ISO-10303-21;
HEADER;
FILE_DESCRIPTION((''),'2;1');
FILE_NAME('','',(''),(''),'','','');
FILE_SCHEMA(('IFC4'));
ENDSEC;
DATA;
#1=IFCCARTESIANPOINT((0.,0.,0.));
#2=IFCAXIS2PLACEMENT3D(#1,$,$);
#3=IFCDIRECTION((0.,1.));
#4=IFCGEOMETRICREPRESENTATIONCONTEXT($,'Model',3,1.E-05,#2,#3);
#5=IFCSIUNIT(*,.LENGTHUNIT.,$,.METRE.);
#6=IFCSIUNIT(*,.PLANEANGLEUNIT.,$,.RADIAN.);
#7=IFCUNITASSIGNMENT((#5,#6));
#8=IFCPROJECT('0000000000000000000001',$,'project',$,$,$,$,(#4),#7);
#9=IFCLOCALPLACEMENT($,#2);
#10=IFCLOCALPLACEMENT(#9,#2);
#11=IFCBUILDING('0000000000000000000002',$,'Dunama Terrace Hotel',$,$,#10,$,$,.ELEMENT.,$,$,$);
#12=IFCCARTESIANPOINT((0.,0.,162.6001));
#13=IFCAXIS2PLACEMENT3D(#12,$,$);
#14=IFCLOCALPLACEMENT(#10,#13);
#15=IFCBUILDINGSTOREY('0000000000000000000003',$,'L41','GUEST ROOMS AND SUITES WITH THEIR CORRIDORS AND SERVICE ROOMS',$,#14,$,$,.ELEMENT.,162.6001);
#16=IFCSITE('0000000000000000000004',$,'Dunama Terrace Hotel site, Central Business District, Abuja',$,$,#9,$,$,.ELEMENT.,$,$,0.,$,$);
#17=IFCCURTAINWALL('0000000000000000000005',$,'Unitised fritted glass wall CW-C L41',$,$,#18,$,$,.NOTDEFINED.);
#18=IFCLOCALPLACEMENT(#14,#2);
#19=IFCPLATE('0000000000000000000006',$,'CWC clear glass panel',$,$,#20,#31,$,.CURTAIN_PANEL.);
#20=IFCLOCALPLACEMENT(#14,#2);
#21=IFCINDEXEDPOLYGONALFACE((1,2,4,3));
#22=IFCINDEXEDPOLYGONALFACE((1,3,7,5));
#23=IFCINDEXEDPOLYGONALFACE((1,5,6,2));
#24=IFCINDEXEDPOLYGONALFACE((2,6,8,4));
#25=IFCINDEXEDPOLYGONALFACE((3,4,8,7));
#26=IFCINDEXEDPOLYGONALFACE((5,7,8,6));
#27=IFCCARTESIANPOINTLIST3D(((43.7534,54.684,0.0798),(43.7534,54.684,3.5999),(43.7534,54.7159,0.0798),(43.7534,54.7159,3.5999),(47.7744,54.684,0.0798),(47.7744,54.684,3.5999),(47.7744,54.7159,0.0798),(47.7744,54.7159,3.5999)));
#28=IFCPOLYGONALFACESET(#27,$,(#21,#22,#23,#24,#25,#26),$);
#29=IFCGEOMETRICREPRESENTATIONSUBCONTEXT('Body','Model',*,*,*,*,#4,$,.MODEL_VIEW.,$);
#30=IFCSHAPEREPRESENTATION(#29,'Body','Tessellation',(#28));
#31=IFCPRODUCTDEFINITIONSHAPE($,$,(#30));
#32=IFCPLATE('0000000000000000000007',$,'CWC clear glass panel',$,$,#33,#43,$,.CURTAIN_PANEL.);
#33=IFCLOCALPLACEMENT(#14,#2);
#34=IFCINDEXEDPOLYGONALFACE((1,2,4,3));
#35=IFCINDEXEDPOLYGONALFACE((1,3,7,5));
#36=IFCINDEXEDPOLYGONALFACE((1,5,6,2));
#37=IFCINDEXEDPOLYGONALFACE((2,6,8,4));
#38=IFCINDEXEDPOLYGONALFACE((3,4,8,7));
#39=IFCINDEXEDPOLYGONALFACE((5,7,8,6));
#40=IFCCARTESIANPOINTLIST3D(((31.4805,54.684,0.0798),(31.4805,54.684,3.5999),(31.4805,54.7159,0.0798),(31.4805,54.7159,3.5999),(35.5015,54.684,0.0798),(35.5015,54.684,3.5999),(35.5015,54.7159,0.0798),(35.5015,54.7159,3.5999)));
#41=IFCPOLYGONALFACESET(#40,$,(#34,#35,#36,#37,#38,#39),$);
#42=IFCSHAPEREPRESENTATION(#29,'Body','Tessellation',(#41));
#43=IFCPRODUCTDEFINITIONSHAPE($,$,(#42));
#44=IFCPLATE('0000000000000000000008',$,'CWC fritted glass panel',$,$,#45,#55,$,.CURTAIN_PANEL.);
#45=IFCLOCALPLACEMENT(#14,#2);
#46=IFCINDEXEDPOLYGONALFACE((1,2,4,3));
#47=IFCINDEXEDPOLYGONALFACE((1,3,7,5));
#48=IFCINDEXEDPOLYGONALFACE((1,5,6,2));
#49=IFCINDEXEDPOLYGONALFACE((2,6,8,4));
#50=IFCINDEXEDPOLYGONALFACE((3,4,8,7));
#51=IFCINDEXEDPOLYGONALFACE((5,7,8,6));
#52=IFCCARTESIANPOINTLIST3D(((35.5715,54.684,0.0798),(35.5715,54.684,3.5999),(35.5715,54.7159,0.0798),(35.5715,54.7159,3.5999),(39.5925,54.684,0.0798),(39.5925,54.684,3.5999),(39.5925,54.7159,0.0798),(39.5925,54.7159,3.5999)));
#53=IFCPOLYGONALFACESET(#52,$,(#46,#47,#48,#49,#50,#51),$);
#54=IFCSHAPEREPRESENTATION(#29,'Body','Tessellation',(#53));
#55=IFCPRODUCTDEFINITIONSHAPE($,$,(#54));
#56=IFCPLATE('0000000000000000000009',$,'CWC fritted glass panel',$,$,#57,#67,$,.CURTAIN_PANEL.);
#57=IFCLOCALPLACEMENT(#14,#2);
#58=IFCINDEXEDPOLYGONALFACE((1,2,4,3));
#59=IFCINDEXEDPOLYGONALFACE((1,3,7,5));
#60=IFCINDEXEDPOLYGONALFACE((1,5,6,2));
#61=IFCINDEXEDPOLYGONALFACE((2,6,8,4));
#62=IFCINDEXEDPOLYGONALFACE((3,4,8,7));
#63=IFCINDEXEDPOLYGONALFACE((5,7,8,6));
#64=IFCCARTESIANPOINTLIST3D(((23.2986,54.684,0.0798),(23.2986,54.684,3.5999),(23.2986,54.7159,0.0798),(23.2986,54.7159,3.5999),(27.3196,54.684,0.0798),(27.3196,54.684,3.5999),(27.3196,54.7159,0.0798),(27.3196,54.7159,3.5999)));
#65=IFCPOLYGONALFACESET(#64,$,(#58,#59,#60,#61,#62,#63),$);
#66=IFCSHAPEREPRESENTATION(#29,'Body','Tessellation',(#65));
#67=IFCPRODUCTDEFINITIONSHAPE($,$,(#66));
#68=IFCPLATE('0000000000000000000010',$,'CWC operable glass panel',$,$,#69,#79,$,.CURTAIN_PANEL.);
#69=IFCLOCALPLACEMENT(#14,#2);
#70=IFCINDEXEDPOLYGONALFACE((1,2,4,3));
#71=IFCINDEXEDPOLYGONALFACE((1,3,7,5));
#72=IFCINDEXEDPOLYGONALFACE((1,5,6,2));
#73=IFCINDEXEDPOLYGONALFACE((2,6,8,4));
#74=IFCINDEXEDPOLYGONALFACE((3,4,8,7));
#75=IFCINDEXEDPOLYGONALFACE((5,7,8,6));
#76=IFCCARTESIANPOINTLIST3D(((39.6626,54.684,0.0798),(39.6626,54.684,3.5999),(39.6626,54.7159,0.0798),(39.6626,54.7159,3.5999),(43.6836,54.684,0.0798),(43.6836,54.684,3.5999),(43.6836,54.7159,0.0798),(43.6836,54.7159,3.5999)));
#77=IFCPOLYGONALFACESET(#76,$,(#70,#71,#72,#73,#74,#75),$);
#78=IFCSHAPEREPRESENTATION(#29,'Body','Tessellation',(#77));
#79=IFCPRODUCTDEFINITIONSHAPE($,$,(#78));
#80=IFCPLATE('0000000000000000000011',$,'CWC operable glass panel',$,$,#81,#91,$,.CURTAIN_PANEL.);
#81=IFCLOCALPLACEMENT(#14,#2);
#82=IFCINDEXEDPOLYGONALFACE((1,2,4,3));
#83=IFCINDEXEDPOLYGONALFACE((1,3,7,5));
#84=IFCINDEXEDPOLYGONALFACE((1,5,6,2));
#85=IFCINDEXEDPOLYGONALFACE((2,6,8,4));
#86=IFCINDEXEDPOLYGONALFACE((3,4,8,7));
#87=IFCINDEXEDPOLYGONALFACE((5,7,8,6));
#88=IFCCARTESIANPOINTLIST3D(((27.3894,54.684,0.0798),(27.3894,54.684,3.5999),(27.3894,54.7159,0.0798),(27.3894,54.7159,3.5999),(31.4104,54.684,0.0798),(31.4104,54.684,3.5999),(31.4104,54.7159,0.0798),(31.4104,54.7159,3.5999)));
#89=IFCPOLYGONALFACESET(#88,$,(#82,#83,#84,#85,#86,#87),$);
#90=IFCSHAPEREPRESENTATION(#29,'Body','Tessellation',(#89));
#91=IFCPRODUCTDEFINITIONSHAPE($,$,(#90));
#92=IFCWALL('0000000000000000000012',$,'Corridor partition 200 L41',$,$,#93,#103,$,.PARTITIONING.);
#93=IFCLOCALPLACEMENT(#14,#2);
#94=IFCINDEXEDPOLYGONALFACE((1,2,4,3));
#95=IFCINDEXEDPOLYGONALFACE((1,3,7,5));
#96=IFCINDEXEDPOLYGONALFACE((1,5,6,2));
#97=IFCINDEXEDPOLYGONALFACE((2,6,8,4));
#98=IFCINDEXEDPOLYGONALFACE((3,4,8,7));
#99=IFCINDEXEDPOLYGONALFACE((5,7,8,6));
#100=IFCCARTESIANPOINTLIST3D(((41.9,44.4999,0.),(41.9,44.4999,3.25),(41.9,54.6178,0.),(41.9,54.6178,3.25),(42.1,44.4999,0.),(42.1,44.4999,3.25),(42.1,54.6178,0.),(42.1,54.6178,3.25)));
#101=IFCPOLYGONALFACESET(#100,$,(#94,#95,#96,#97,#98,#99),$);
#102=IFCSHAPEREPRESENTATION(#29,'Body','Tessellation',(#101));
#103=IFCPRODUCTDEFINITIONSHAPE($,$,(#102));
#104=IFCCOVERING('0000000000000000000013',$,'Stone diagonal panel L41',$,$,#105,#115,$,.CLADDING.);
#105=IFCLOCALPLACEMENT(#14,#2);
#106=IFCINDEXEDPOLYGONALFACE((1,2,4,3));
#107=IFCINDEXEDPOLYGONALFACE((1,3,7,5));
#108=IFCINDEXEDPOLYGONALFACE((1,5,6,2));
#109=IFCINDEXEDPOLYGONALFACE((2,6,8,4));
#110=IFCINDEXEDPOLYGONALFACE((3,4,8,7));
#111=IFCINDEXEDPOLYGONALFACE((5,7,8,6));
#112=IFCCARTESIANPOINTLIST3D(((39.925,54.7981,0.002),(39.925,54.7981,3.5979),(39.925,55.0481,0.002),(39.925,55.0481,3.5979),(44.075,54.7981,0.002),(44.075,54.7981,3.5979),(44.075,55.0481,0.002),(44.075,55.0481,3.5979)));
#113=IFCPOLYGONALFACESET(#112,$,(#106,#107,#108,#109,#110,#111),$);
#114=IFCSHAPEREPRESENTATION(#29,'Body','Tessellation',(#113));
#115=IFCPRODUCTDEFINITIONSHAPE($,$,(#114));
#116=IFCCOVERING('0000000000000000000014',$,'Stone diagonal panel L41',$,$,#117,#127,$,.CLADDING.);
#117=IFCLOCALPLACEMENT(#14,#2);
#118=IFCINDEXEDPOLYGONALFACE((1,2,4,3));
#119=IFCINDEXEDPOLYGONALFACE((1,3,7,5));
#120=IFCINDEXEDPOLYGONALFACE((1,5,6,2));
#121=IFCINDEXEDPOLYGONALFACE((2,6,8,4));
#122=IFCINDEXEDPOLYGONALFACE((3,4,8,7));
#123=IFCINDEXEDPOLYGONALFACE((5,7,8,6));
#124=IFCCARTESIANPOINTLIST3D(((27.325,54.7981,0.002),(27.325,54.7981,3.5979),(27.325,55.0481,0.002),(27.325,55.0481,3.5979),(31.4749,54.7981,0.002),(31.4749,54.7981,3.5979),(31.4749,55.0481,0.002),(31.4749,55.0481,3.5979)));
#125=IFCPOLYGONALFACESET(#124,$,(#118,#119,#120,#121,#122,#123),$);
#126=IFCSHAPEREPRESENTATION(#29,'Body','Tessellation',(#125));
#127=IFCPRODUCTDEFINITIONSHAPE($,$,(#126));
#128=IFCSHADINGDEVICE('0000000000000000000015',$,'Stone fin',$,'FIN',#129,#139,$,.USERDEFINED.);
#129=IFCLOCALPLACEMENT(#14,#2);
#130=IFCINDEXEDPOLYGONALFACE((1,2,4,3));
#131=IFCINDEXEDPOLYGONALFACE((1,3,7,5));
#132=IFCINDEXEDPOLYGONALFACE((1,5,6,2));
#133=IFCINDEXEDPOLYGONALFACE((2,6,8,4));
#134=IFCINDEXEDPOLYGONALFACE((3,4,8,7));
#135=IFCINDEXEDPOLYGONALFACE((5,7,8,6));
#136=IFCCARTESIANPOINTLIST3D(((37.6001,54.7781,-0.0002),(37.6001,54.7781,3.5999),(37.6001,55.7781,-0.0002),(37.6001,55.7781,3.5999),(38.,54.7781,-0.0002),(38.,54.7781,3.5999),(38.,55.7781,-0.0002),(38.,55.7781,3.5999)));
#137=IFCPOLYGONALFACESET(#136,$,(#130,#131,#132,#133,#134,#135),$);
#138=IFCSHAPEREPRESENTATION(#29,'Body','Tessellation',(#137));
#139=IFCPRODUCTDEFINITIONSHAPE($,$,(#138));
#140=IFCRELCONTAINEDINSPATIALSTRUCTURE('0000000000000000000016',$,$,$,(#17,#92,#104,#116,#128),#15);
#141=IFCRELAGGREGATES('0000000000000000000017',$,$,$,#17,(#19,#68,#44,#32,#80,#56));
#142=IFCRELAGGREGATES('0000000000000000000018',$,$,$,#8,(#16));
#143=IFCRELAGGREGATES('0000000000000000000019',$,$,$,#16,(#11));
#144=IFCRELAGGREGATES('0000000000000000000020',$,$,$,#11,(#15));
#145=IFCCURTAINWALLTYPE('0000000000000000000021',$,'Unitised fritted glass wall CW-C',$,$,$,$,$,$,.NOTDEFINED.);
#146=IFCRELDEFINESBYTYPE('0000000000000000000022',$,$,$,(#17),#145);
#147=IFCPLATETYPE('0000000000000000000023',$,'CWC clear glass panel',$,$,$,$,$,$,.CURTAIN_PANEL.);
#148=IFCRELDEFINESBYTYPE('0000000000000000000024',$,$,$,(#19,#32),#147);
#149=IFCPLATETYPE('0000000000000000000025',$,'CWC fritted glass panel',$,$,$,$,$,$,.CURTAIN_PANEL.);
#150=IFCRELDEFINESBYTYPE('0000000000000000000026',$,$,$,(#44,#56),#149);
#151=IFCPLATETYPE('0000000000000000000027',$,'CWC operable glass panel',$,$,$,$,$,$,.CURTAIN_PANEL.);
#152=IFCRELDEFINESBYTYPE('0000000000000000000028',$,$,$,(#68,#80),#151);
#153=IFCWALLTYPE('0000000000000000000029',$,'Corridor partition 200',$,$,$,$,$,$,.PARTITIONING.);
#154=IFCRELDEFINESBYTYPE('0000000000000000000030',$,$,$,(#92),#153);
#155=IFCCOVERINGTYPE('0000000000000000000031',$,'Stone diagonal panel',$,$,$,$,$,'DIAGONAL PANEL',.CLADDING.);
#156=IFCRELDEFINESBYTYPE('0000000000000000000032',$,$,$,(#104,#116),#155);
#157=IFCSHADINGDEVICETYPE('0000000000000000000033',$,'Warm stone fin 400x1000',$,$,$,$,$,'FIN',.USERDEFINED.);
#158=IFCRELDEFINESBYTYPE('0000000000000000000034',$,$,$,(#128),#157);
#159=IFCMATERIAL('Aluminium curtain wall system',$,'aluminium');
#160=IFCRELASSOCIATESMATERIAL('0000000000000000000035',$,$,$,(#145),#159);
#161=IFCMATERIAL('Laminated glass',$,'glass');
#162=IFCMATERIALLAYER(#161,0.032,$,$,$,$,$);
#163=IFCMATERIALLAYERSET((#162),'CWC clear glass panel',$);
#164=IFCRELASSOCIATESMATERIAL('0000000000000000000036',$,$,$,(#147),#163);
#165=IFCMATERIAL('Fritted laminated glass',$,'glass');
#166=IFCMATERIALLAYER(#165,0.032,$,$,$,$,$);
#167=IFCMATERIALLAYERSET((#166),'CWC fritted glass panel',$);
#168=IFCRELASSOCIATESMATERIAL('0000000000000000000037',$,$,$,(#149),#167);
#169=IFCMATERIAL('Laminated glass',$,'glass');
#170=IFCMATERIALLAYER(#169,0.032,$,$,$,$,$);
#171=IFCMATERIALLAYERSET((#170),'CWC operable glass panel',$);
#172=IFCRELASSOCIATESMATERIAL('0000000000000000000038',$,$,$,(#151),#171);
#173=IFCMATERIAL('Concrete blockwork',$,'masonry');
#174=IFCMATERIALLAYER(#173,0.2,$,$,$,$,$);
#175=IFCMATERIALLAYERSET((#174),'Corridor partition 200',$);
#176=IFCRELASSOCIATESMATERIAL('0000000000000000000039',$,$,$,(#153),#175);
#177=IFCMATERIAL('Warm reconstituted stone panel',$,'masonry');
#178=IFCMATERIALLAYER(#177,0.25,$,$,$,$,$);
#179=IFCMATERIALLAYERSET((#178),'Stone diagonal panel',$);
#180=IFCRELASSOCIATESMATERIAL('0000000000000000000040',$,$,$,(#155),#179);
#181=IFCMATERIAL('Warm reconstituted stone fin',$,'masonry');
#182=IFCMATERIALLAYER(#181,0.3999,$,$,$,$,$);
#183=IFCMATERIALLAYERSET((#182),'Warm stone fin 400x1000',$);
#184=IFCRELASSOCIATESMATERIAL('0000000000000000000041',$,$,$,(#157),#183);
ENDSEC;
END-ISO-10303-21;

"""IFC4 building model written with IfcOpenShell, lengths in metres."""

from ifc_helpers import new_model, si_unit, direction, frame, frame_2d, origin, origin_2d, place, context, subcontext, project, spatial, rectangle, extrude, material, layer, layer_set, type_object, element, aggregate, save


model = new_model("IFC4")

# Units and contexts
model_context = context("Model", 3, precision=1e-05, world=origin(), true_north=direction((0.0, 1.0)))
body_context = subcontext(model_context, "Body", "Model", "MODEL_VIEW")
ifc_project = project(units=[si_unit("LENGTHUNIT", "METRE"), si_unit("PLANEANGLEUNIT", "RADIAN")], contexts=[model_context])

# Site, building, storey
site_placement = place(None, origin())
site = spatial("IfcSite", under=ifc_project, at=site_placement, Name="Dunama Terrace Hotel site, Central Business District, Abuja", CompositionType="ELEMENT", RefElevation=0.0)
building_placement = place(site_placement, origin())
building = spatial("IfcBuilding", under=site, at=building_placement, Name="Dunama Terrace Hotel", CompositionType="ELEMENT")
storey_placement = place(building_placement, frame((0.0, 0.0, 162.6001)))
storey = spatial("IfcBuildingStorey", under=building, at=storey_placement, Name="L41", Description="GUEST ROOMS AND SUITES WITH THEIR CORRIDORS AND SERVICE ROOMS", CompositionType="ELEMENT", Elevation=162.6001)

# Curtain wall
ifc_material_1 = material(Name="Aluminium curtain wall system", Category="aluminium")
curtain_wall_type = type_object("IfcCurtainWallType", Name="Unitised fritted glass wall CW-C", PredefinedType="NOTDEFINED", material=ifc_material_1)
curtain_wall_placement = place(storey_placement, origin())
curtain_wall = element("IfcCurtainWall", 1, at=curtain_wall_placement, inside=storey, type_object=curtain_wall_type, Name="Unitised fritted glass wall CW-C L41", PredefinedType="NOTDEFINED")

# Plates
ifc_material_2 = material(Name="Laminated glass", Category="glass")
ifc_layer_1 = layer(ifc_material_2, 0.032)
ifc_layer_set_1 = layer_set([ifc_layer_1], Name="CWC clear glass panel")
plate_type_1 = type_object("IfcPlateType", Name="CWC clear glass panel", PredefinedType="CURTAIN_PANEL", material=ifc_layer_set_1)
plate_1_placement = place(storey_placement, frame((45.7639, 54.7, 0.0798), z_axis=(0.0, 0.0, 1.0), x_axis=(-1.0, 0.0, 0.0)))
plate_1 = element("IfcPlate", 2, at=plate_1_placement, type_object=plate_type_1, Name="CWC clear glass panel", PredefinedType="CURTAIN_PANEL", context=body_context, shape_type="SweptSolid", body=[
    extrude(rectangle(XDim=4.021, YDim=0.032, at=origin_2d()), origin(), (0.0, 0.0, 1.0), 3.52),
])
plate_2_placement = place(storey_placement, frame((33.491, 54.7, 0.0798), z_axis=(0.0, 0.0, 1.0), x_axis=(-1.0, 0.0, 0.0)))
plate_2 = element("IfcPlate", 3, at=plate_2_placement, type_object=plate_type_1, Name="CWC clear glass panel", PredefinedType="CURTAIN_PANEL", context=body_context, shape_type="SweptSolid", body=[
    extrude(rectangle(XDim=4.021, YDim=0.032, at=origin_2d()), origin(), (0.0, 0.0, 1.0), 3.52),
])
ifc_material_3 = material(Name="Fritted laminated glass", Category="glass")
ifc_layer_2 = layer(ifc_material_3, 0.032)
ifc_layer_set_2 = layer_set([ifc_layer_2], Name="CWC fritted glass panel")
plate_type_2 = type_object("IfcPlateType", Name="CWC fritted glass panel", PredefinedType="CURTAIN_PANEL", material=ifc_layer_set_2)
plate_3_placement = place(storey_placement, frame((37.582, 54.7, 0.0798), z_axis=(0.0, 0.0, 1.0), x_axis=(-1.0, 0.0, 0.0)))
plate_3 = element("IfcPlate", 4, at=plate_3_placement, type_object=plate_type_2, Name="CWC fritted glass panel", PredefinedType="CURTAIN_PANEL", context=body_context, shape_type="SweptSolid", body=[
    extrude(rectangle(XDim=4.021, YDim=0.032, at=origin_2d()), origin(), (0.0, 0.0, 1.0), 3.52),
])
plate_4_placement = place(storey_placement, frame((25.3091, 54.7, 0.0798), z_axis=(0.0, 0.0, 1.0), x_axis=(-1.0, 0.0, 0.0)))
plate_4 = element("IfcPlate", 5, at=plate_4_placement, type_object=plate_type_2, Name="CWC fritted glass panel", PredefinedType="CURTAIN_PANEL", context=body_context, shape_type="SweptSolid", body=[
    extrude(rectangle(XDim=4.021, YDim=0.032, at=origin_2d()), origin(), (0.0, 0.0, 1.0), 3.52),
])
ifc_material_4 = material(Name="Laminated glass", Category="glass")
ifc_layer_3 = layer(ifc_material_4, 0.032)
ifc_layer_set_3 = layer_set([ifc_layer_3], Name="CWC operable glass panel")
plate_type_3 = type_object("IfcPlateType", Name="CWC operable glass panel", PredefinedType="CURTAIN_PANEL", material=ifc_layer_set_3)
plate_5_placement = place(storey_placement, frame((41.6731, 54.7, 0.0798), z_axis=(0.0, 0.0, 1.0), x_axis=(-1.0, 0.0, 0.0)))
plate_5 = element("IfcPlate", 6, at=plate_5_placement, type_object=plate_type_3, Name="CWC operable glass panel", PredefinedType="CURTAIN_PANEL", context=body_context, shape_type="SweptSolid", body=[
    extrude(rectangle(XDim=4.021, YDim=0.032, at=origin_2d()), origin(), (0.0, 0.0, 1.0), 3.52),
])
plate_6_placement = place(storey_placement, frame((29.3999, 54.7, 0.0798), z_axis=(0.0, 0.0, 1.0), x_axis=(-1.0, 0.0, 0.0)))
plate_6 = element("IfcPlate", 7, at=plate_6_placement, type_object=plate_type_3, Name="CWC operable glass panel", PredefinedType="CURTAIN_PANEL", context=body_context, shape_type="SweptSolid", body=[
    extrude(rectangle(XDim=4.021, YDim=0.032, at=origin_2d()), origin(), (0.0, 0.0, 1.0), 3.52),
])
aggregate(curtain_wall, [plate_1, plate_5, plate_3, plate_2, plate_6, plate_4])

# Wall
ifc_material_5 = material(Name="Concrete blockwork", Category="masonry")
ifc_layer_4 = layer(ifc_material_5, 0.2)
ifc_layer_set_4 = layer_set([ifc_layer_4], Name="Corridor partition 200")
wall_type = type_object("IfcWallType", Name="Corridor partition 200", PredefinedType="PARTITIONING", material=ifc_layer_set_4)
wall_placement = place(storey_placement, frame((42.0, 54.6179, 0.0), z_axis=(0.0, 0.0, 1.0), x_axis=(0.0, -1.0, 0.0)))
element("IfcWall", 8, at=wall_placement, inside=storey, type_object=wall_type, Name="Corridor partition 200 L41", PredefinedType="PARTITIONING", context=body_context, shape_type="SweptSolid", body=[
    extrude(rectangle(XDim=10.1179, YDim=0.2, at=frame_2d((5.0591, 0.0))), origin(), (0.0, 0.0, 1.0), 3.25),
])

# Coverings
ifc_material_6 = material(Name="Warm reconstituted stone panel", Category="masonry")
ifc_layer_5 = layer(ifc_material_6, 0.25)
ifc_layer_set_5 = layer_set([ifc_layer_5], Name="Stone diagonal panel")
covering_type = type_object("IfcCoveringType", Name="Stone diagonal panel", ElementType="DIAGONAL PANEL", PredefinedType="CLADDING", material=ifc_layer_set_5)
for number, where, z_axis, x_axis, name in (
    (9, (42.0, 54.9231, 0.002), (0.0, 0.0, 1.0), (-1.0, 0.0, 0.0), "Stone diagonal panel L41"),
    (10, (29.3999, 54.9231, 0.002), (0.0, 0.0, 1.0), (-1.0, 0.0, 0.0), "Stone diagonal panel L41"),
):
    element("IfcCovering", number, at=place(storey_placement, frame(where, z_axis=z_axis, x_axis=x_axis)), inside=storey, type_object=covering_type, Name=name, PredefinedType="CLADDING", context=body_context, shape_type="SweptSolid", body=[
        extrude(rectangle(XDim=4.1499, YDim=0.25, at=origin_2d()), origin(), (0.0, 0.0, 1.0), 3.5959),
    ])

# Shading device
ifc_material_7 = material(Name="Warm reconstituted stone fin", Category="masonry")
ifc_layer_6 = layer(ifc_material_7, 0.3999)
ifc_layer_set_6 = layer_set([ifc_layer_6], Name="Warm stone fin 400x1000")
shading_device_type = type_object("IfcShadingDeviceType", Name="Warm stone fin 400x1000", ElementType="FIN", PredefinedType="USERDEFINED", material=ifc_layer_set_6)
shading_device_placement = place(storey_placement, frame((37.8, 55.2781, -0.0002), z_axis=(0.0, 0.0, 1.0), x_axis=(-1.0, 0.0, 0.0)))
element("IfcShadingDevice", 11, at=shading_device_placement, inside=storey, type_object=shading_device_type, Name="Stone fin", ObjectType="FIN", PredefinedType="USERDEFINED", context=body_context, shape_type="SweptSolid", body=[
    extrude(rectangle(XDim=0.3999, YDim=1.0, at=origin_2d()), origin(), (0.0, 0.0, 1.0), 3.6001),
])

save(model, "model.ifc")
